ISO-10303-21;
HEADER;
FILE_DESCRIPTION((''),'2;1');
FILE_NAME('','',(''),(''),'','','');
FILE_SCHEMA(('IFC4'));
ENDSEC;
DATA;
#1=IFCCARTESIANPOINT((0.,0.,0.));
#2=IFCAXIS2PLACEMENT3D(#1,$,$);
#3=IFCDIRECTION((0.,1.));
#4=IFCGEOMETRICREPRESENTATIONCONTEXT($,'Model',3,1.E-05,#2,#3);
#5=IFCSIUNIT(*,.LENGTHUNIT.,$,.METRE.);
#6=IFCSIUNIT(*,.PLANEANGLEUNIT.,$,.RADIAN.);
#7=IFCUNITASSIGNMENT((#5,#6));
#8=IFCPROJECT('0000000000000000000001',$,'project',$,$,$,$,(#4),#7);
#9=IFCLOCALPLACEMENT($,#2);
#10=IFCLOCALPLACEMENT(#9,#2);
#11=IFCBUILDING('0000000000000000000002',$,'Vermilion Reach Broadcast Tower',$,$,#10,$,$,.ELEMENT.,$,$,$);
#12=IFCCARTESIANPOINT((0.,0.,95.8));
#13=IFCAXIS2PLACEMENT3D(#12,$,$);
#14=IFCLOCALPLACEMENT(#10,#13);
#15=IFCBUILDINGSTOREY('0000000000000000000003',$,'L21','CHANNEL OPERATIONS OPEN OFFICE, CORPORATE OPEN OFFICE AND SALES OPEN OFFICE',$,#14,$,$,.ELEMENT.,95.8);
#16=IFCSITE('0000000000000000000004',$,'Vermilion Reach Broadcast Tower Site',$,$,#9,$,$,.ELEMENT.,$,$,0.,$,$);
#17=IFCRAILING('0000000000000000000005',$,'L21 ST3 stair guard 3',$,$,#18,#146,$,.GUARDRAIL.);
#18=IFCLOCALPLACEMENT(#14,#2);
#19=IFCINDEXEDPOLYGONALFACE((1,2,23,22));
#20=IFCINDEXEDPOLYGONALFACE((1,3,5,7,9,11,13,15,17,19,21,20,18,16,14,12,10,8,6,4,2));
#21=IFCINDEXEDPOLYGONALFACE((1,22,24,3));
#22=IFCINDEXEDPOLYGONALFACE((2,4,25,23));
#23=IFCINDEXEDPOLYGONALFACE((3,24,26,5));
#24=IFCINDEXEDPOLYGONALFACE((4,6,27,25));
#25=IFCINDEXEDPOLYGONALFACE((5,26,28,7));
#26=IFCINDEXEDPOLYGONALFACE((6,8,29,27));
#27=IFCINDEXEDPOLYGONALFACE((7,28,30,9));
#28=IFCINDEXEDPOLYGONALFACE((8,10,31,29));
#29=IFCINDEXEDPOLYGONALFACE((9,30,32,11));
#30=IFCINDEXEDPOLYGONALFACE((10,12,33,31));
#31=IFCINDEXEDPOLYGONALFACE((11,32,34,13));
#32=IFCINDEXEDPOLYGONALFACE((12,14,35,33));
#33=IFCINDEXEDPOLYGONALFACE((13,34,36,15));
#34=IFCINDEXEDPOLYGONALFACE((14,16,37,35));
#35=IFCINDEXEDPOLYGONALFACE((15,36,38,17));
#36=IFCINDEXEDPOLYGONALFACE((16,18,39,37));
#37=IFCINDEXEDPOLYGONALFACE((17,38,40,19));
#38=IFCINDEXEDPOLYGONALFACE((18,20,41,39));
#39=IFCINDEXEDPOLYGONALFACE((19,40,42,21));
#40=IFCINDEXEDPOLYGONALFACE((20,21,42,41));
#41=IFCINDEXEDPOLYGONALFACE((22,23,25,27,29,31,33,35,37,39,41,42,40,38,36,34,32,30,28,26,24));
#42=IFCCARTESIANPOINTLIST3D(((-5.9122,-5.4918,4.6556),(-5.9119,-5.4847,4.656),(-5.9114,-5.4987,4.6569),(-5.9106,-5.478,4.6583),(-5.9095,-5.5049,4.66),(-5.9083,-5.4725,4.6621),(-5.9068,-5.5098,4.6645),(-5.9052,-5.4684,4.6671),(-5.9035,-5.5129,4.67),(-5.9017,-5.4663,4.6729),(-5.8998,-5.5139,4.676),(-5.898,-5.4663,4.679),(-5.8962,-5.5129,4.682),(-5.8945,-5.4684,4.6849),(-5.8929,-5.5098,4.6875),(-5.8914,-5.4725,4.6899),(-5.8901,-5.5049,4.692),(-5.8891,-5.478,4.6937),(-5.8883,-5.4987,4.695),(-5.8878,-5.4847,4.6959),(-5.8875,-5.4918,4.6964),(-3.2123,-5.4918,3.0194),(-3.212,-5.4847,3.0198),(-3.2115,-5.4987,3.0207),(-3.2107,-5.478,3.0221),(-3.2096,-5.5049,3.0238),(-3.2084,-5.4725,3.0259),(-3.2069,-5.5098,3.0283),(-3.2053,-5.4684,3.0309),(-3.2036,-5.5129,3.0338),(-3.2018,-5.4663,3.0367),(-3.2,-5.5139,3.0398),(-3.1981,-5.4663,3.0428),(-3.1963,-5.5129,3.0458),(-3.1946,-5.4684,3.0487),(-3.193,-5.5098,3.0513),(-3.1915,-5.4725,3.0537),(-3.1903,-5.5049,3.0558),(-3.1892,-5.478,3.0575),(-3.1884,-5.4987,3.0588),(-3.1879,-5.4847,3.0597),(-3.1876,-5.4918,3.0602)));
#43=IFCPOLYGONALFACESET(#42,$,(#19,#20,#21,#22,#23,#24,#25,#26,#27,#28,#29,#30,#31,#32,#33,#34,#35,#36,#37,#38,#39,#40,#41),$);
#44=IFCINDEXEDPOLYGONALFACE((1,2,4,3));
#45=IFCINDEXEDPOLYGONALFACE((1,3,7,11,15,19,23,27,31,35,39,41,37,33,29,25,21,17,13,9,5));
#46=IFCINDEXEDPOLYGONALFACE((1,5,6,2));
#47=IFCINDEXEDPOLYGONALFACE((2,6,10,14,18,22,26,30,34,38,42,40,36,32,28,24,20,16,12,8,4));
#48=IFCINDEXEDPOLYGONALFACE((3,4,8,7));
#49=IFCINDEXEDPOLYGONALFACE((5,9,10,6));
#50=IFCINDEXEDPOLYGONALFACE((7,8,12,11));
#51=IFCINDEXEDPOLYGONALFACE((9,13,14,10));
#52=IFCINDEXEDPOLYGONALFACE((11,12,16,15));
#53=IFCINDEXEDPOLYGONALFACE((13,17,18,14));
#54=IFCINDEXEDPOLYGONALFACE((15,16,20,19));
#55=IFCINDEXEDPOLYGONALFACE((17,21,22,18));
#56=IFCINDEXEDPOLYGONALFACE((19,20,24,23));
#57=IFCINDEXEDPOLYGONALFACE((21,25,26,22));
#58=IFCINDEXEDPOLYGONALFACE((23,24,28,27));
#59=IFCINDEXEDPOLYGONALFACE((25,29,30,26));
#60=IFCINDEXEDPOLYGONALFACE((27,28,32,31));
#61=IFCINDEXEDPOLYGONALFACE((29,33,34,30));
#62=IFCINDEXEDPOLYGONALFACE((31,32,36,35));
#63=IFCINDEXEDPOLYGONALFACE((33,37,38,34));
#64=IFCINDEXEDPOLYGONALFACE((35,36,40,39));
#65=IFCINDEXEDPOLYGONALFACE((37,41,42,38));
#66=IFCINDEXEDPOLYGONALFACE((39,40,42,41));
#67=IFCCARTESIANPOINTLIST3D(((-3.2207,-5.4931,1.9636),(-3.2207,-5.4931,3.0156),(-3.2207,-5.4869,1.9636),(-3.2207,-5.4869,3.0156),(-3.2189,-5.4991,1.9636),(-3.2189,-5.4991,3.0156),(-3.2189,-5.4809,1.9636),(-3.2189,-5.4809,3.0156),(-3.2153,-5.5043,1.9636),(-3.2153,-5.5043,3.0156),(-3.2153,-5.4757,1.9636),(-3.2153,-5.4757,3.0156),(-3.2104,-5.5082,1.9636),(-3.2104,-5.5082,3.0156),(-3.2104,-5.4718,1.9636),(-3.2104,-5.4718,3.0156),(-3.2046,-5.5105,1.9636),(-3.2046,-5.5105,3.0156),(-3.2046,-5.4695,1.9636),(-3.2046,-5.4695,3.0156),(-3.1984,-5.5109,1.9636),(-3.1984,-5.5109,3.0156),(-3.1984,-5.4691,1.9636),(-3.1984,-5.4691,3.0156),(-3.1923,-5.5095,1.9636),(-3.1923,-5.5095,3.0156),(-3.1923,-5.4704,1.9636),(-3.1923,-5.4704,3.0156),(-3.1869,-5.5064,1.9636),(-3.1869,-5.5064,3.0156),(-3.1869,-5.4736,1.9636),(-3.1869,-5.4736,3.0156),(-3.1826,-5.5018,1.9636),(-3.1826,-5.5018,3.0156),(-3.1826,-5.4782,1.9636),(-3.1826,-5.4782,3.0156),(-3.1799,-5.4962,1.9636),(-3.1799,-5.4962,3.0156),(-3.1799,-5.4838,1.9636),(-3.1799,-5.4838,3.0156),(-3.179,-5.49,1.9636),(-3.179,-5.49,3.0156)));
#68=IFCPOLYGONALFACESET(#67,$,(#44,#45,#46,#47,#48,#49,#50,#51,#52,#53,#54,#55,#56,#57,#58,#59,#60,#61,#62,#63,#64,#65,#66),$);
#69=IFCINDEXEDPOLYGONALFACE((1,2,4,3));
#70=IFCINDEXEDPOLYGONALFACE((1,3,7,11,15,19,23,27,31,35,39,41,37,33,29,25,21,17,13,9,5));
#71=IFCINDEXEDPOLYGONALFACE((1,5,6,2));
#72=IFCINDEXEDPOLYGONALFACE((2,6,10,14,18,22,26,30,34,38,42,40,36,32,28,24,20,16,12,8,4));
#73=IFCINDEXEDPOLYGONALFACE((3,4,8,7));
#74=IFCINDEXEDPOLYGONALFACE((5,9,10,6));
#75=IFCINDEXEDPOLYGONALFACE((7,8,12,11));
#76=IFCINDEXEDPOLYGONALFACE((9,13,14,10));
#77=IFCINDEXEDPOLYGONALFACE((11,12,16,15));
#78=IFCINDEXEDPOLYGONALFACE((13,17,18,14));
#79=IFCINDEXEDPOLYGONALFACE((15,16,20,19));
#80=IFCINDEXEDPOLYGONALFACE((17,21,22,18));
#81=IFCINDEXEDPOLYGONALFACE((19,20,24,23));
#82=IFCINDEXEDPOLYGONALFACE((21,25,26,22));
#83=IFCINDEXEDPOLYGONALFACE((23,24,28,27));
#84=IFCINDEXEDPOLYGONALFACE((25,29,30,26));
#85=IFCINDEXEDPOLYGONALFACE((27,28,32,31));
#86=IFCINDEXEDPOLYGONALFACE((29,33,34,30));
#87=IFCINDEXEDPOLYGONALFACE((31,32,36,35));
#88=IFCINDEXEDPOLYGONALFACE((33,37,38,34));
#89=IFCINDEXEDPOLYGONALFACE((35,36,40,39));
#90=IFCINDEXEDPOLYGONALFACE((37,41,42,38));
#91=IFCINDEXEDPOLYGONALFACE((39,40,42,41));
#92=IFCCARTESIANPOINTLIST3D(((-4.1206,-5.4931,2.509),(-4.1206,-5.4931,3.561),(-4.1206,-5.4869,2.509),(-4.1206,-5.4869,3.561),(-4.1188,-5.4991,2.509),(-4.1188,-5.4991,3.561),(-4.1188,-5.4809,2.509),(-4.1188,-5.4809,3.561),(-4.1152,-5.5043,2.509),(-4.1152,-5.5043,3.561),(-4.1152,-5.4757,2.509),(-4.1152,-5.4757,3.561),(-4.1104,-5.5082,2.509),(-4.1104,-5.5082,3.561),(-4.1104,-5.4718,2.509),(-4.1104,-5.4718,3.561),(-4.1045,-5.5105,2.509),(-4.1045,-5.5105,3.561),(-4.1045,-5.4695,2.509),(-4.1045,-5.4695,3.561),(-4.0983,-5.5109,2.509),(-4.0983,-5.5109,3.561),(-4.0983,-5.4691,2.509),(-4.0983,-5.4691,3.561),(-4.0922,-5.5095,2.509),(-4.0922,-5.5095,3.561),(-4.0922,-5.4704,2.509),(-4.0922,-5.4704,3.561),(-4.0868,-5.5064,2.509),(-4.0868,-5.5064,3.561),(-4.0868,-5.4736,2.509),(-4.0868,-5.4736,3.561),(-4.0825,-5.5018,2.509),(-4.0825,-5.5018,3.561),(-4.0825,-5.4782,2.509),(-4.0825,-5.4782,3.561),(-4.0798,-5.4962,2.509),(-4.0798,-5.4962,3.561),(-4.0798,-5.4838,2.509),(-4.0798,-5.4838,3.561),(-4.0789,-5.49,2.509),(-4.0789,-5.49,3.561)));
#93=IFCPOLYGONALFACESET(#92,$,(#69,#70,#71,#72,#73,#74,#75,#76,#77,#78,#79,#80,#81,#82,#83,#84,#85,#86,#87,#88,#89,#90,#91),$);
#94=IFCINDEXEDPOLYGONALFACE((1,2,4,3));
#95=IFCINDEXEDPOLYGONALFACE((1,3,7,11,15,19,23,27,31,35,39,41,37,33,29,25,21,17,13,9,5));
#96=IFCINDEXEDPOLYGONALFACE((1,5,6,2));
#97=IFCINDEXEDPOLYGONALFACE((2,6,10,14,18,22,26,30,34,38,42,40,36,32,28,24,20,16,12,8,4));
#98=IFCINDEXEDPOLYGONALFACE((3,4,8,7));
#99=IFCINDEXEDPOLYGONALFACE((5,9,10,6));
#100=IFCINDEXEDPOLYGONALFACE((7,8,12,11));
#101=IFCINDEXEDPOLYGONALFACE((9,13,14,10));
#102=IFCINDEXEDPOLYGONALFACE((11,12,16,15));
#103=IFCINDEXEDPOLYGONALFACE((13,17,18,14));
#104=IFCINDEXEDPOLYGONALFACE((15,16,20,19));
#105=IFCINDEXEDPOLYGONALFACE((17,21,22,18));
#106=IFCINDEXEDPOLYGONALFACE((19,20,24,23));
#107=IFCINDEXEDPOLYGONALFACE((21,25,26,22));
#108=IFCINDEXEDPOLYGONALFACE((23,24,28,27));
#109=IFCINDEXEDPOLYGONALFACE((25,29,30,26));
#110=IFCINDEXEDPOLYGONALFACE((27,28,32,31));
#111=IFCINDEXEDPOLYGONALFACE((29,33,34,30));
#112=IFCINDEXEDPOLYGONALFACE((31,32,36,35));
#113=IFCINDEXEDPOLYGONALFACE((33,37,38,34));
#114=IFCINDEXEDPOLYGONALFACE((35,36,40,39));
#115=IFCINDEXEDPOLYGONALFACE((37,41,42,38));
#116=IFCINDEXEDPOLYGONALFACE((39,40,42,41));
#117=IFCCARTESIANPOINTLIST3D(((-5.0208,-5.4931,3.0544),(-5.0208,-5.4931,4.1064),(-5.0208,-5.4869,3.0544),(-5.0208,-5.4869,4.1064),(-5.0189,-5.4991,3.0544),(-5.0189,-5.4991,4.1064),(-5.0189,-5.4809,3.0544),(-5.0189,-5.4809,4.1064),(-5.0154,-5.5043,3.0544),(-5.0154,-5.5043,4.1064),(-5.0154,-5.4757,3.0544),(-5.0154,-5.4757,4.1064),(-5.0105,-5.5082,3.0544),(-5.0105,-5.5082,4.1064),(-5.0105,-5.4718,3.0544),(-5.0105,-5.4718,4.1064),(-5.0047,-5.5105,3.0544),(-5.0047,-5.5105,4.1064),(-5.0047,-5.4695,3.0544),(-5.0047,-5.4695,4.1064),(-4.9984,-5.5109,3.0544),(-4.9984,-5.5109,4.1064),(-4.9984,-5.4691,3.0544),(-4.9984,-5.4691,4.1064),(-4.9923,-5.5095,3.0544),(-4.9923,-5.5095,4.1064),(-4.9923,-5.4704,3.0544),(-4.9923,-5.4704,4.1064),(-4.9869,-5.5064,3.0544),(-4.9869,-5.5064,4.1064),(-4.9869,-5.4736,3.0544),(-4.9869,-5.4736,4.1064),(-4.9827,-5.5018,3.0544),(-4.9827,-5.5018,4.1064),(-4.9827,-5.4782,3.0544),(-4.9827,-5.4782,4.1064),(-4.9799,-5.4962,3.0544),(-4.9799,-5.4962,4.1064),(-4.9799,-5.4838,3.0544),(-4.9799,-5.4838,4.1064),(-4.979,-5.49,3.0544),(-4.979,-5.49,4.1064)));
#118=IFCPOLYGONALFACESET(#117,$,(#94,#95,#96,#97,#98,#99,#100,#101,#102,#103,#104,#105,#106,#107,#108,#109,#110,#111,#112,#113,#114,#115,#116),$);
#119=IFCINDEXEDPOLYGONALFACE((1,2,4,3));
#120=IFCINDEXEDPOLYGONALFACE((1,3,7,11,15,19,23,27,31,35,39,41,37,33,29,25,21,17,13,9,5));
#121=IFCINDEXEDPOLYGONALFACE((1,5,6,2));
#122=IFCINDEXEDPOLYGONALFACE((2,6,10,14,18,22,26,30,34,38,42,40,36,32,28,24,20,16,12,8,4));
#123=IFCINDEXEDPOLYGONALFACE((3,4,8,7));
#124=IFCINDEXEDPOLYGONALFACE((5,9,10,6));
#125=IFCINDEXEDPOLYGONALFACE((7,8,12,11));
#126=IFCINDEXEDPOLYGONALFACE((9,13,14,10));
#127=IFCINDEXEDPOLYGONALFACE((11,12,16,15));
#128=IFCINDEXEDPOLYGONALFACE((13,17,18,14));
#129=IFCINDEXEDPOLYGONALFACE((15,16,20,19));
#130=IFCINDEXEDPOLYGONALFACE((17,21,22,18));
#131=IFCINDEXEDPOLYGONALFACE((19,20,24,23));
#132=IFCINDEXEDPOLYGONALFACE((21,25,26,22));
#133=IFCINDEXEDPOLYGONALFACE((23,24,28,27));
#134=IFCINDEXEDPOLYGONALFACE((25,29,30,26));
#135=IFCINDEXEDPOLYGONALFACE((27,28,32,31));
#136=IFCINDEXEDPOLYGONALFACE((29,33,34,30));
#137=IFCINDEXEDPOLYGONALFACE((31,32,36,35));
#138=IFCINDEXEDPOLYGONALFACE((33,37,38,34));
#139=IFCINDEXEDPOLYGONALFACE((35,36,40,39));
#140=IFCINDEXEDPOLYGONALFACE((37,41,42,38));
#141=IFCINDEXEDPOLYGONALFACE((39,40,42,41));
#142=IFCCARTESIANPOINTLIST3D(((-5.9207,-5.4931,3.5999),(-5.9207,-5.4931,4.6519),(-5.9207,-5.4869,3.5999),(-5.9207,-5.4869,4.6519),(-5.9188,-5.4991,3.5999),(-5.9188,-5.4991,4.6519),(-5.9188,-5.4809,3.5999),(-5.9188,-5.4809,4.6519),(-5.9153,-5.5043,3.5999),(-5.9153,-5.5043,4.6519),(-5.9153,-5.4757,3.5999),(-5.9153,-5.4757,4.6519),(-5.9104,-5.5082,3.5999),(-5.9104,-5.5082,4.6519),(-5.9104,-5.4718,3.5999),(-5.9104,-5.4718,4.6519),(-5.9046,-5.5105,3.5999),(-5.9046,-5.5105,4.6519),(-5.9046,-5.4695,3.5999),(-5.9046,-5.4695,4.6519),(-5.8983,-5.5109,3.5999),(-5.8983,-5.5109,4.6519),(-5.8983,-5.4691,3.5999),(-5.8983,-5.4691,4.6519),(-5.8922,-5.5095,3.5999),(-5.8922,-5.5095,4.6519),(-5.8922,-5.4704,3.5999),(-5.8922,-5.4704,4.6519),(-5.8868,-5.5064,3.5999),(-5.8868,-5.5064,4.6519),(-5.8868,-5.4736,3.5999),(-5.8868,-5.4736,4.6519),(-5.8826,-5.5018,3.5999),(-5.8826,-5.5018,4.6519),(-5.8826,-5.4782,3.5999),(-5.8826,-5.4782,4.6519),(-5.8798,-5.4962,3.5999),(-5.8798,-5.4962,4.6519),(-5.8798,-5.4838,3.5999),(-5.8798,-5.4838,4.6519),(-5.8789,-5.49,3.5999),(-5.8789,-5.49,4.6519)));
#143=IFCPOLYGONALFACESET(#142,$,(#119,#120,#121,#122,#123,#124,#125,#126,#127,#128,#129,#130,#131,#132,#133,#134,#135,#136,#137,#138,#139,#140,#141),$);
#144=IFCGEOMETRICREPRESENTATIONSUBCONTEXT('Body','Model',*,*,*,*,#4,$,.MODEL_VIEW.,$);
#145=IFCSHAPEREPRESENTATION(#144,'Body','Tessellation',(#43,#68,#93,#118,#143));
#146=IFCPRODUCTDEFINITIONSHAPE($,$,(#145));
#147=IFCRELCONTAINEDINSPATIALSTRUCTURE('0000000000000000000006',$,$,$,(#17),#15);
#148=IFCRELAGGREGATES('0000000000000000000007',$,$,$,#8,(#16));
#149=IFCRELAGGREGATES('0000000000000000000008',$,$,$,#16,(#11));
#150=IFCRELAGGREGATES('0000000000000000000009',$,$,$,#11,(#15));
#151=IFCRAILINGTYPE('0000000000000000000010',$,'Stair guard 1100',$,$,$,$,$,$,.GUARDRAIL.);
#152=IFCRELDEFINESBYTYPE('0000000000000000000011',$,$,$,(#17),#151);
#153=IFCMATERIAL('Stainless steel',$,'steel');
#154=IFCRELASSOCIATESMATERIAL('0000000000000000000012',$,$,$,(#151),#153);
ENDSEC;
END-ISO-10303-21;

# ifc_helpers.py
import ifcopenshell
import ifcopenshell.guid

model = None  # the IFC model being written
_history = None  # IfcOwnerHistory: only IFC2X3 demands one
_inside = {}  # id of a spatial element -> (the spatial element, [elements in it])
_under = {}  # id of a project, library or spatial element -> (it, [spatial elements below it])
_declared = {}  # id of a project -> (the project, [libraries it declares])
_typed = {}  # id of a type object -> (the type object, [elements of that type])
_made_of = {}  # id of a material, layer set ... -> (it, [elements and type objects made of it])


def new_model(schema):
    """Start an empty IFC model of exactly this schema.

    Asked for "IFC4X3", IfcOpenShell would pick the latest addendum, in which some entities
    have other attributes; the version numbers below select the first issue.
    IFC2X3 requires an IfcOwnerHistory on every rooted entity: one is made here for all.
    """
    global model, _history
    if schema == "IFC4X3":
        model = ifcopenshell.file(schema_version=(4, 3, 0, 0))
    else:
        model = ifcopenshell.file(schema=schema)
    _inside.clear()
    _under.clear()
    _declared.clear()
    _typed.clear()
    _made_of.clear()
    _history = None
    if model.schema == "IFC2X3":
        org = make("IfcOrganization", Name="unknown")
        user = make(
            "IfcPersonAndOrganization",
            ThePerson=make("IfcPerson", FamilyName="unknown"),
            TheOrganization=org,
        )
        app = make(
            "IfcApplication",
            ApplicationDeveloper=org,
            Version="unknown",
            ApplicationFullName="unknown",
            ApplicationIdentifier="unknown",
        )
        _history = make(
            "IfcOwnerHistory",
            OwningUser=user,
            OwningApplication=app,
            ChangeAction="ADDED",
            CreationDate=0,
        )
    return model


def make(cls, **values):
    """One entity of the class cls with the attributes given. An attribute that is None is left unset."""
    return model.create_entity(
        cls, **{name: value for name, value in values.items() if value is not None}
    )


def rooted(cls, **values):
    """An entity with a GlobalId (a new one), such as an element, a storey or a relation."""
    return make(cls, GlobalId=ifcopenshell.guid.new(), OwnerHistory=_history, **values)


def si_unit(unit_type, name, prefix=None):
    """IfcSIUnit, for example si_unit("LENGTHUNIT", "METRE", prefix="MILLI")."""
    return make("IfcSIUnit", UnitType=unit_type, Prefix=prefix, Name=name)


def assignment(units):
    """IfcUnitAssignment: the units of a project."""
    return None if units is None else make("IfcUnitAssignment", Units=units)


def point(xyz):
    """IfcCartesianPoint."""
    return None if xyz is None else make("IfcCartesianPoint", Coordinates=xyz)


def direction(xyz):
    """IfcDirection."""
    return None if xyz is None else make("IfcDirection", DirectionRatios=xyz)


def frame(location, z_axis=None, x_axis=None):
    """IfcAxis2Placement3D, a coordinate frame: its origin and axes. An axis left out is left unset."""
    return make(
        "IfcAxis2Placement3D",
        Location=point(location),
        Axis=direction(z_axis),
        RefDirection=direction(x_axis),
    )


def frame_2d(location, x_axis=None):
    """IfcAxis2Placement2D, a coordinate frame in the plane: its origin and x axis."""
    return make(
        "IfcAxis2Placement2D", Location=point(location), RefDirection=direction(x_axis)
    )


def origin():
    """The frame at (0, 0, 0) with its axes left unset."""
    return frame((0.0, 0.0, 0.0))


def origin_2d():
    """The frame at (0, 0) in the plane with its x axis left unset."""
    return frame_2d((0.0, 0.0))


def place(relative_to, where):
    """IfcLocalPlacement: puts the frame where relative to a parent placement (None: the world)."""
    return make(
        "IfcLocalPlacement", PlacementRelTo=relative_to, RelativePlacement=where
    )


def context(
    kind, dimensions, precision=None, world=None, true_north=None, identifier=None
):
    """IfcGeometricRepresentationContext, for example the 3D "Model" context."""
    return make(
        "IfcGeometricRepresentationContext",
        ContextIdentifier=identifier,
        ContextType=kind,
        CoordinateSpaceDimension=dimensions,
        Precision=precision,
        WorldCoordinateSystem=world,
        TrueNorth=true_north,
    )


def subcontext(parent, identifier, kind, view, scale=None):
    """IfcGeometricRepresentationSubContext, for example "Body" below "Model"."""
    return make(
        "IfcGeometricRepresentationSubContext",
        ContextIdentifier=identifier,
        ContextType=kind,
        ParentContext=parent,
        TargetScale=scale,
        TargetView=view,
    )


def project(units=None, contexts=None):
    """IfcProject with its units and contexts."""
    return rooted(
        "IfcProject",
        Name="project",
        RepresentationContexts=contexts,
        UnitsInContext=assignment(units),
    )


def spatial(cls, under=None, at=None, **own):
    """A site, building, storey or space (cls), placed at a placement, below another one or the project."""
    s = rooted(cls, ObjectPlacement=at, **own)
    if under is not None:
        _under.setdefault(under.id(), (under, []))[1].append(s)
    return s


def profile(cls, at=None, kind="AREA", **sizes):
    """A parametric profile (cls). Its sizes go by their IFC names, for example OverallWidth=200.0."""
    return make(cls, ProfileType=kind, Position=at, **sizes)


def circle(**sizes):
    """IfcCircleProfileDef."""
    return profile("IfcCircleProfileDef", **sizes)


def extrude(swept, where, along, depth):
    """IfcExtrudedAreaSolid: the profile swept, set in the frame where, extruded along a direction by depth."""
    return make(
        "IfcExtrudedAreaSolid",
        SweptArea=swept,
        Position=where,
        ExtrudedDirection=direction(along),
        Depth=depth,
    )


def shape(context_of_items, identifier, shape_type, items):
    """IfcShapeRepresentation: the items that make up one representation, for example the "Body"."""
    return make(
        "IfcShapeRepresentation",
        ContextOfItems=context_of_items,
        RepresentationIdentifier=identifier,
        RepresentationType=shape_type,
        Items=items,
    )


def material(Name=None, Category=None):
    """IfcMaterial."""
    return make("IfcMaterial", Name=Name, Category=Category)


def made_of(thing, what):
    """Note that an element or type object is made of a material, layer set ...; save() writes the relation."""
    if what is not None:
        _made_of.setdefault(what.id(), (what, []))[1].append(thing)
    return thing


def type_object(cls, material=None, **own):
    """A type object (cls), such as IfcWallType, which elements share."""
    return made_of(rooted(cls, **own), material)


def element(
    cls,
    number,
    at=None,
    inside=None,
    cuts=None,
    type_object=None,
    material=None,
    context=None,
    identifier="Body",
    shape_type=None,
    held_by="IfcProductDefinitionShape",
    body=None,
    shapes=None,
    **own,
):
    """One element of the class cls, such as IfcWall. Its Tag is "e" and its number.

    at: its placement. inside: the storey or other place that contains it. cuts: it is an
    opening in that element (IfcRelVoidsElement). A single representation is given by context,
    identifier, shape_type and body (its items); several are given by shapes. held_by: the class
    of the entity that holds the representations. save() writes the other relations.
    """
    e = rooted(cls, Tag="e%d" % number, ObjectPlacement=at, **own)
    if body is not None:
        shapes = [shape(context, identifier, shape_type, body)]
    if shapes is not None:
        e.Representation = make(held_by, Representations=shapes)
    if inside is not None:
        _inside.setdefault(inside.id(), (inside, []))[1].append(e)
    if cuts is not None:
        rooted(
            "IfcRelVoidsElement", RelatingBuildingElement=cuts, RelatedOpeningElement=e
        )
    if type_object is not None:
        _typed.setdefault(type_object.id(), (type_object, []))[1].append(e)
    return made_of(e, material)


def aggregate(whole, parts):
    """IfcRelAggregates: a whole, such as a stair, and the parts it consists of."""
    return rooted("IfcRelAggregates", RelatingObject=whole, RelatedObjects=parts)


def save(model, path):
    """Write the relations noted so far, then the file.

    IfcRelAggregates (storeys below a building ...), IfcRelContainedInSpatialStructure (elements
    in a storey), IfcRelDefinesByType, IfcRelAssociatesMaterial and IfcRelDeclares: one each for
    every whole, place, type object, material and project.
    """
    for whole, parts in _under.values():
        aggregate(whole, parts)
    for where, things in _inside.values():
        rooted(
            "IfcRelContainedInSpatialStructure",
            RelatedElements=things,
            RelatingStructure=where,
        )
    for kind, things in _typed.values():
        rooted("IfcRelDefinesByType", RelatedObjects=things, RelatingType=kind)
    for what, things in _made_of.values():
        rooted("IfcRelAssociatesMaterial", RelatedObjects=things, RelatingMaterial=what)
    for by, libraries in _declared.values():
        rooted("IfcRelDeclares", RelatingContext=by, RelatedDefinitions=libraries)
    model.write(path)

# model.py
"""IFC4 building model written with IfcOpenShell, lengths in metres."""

from ifc_helpers import new_model, si_unit, direction, frame, origin, origin_2d, place, context, subcontext, project, spatial, circle, extrude, material, type_object, element, save


model = new_model("IFC4")

# Units and contexts
model_context = context("Model", 3, precision=1e-05, world=origin(), true_north=direction((0.0, 1.0)))
body_context = subcontext(model_context, "Body", "Model", "MODEL_VIEW")
ifc_project = project(units=[si_unit("LENGTHUNIT", "METRE"), si_unit("PLANEANGLEUNIT", "RADIAN")], contexts=[model_context])

# Site, building, storey
site_placement = place(None, origin())
site = spatial("IfcSite", under=ifc_project, at=site_placement, Name="Vermilion Reach Broadcast Tower Site", CompositionType="ELEMENT", RefElevation=0.0)
building_placement = place(site_placement, origin())
building = spatial("IfcBuilding", under=site, at=building_placement, Name="Vermilion Reach Broadcast Tower", CompositionType="ELEMENT")
storey_placement = place(building_placement, frame((0.0, 0.0, 95.8)))
storey = spatial("IfcBuildingStorey", under=building, at=storey_placement, Name="L21", Description="CHANNEL OPERATIONS OPEN OFFICE, CORPORATE OPEN OFFICE AND SALES OPEN OFFICE", CompositionType="ELEMENT", Elevation=95.8)

# Railing
ifc_material_1 = material(Name="Stainless steel", Category="steel")
railing_type_1 = type_object("IfcRailingType", Name="Stair guard 1100", PredefinedType="GUARDRAIL", material=ifc_material_1)
railing_1_placement = place(storey_placement, frame((-3.2, -5.49, 1.9636)))
element("IfcRailing", 1, at=railing_1_placement, inside=storey, type_object=railing_type_1, Name="L21 ST3 stair guard 3", PredefinedType="GUARDRAIL", context=body_context, shape_type="SweptSolid", body=[
    extrude(circle(Radius=0.0239, at=origin_2d()), frame((0.0, 0.0, 1.0762), z_axis=(-0.855212, 0.0, 0.518278), x_axis=(0.0, -1.0, 0.0)), (0.0, 0.0, 1.0), 3.157),
    extrude(circle(Radius=0.021, at=origin_2d()), origin(), (0.0, 0.0, 1.0), 1.052),
    extrude(circle(Radius=0.021, at=origin_2d()), frame((-0.8999, 0.0, 0.5454)), (0.0, 0.0, 1.0), 1.052),
    extrude(circle(Radius=0.021, at=origin_2d()), frame((-1.8, 0.0, 1.0908)), (0.0, 0.0, 1.0), 1.052),
    extrude(circle(Radius=0.021, at=origin_2d()), frame((-2.7, 0.0, 1.6362)), (0.0, 0.0, 1.0), 1.052),
])

save(model, "model.ifc")
